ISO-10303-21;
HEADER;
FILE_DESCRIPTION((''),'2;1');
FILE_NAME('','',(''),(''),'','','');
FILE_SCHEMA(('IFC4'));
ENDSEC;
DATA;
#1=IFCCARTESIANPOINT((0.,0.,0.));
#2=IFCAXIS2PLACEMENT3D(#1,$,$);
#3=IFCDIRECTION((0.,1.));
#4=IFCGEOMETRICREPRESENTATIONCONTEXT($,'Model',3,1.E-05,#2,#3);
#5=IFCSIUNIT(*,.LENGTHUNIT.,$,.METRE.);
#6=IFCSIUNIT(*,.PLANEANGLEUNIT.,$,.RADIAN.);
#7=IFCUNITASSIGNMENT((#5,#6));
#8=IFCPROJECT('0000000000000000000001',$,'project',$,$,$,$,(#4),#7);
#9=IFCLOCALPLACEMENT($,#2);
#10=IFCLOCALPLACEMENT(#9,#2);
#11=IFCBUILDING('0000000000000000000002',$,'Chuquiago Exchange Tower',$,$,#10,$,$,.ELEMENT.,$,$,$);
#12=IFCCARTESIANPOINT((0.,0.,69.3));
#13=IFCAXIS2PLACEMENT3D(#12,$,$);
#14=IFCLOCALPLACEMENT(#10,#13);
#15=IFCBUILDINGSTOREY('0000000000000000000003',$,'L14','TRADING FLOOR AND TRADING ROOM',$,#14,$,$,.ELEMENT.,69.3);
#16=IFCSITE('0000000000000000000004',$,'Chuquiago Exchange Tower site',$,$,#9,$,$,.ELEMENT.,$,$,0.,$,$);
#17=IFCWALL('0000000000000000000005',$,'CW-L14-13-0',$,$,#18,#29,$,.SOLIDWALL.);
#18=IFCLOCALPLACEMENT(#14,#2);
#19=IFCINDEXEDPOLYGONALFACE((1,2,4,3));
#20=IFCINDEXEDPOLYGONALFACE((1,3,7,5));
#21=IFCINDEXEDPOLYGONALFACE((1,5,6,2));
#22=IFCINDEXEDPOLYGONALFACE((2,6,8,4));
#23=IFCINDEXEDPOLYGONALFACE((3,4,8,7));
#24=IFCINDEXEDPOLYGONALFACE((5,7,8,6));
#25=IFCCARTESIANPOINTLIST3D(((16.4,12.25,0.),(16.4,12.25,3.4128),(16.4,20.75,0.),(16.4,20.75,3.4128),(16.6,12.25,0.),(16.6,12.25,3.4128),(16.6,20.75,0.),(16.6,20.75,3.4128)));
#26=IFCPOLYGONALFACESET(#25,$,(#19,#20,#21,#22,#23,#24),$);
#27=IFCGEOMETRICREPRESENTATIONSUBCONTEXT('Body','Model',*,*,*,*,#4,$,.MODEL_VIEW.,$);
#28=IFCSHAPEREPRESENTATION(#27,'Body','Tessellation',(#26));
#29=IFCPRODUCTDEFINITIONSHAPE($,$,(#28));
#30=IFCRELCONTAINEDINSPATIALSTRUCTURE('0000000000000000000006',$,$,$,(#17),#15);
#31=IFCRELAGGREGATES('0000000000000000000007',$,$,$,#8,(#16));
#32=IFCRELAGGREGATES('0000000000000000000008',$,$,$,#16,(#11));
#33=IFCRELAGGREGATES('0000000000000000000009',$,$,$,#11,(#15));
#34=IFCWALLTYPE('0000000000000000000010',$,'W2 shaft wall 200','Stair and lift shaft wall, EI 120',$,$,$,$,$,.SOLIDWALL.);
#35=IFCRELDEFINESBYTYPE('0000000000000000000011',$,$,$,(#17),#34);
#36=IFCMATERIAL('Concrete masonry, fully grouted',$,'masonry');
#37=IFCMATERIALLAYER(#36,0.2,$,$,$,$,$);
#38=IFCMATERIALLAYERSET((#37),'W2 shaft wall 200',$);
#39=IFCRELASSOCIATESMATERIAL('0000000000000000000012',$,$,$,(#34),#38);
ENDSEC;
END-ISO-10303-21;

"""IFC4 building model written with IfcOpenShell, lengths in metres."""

from ifc_helpers import new_model, si_unit, direction, frame, frame_2d, origin, place, context, subcontext, project, spatial, rectangle, extrude, material, layer, layer_set, type_object, element, save


model = new_model("IFC4")

# Units and contexts
model_context = context("Model", 3, precision=1e-05, world=origin(), true_north=direction((0.0, 1.0)))
body_context = subcontext(model_context, "Body", "Model", "MODEL_VIEW")
ifc_project = project(units=[si_unit("LENGTHUNIT", "METRE"), si_unit("PLANEANGLEUNIT", "RADIAN")], contexts=[model_context])

# Site, building, storey
site_placement = place(None, origin())
site = spatial("IfcSite", under=ifc_project, at=site_placement, Name="Chuquiago Exchange Tower site", CompositionType="ELEMENT", RefElevation=0.0)
building_placement = place(site_placement, origin())
building = spatial("IfcBuilding", under=site, at=building_placement, Name="Chuquiago Exchange Tower", CompositionType="ELEMENT")
storey_placement = place(building_placement, frame((0.0, 0.0, 69.3)))
storey = spatial("IfcBuildingStorey", under=building, at=storey_placement, Name="L14", Description="TRADING FLOOR AND TRADING ROOM", CompositionType="ELEMENT", Elevation=69.3)

# Wall
ifc_material_1 = material(Name="Concrete masonry, fully grouted", Category="masonry")
ifc_layer_1 = layer(ifc_material_1, 0.2)
ifc_layer_set_1 = layer_set([ifc_layer_1], Name="W2 shaft wall 200")
wall_type_1 = type_object("IfcWallType", Name="W2 shaft wall 200", Description="Stair and lift shaft wall, EI 120", PredefinedType="SOLIDWALL", material=ifc_layer_set_1)
wall_1_placement = place(storey_placement, frame((16.5, 12.25, 0.0), z_axis=(0.0, 0.0, 1.0), x_axis=(0.0, 1.0, 0.0)))
element("IfcWall", 1, at=wall_1_placement, inside=storey, type_object=wall_type_1, Name="CW-L14-13-0", PredefinedType="SOLIDWALL", context=body_context, shape_type="SweptSolid", body=[
    extrude(rectangle(XDim=8.5, YDim=0.2, at=frame_2d((4.25, 0.0))), origin(), (0.0, 0.0, 1.0), 3.4128),
])

save(model, "model.ifc")
